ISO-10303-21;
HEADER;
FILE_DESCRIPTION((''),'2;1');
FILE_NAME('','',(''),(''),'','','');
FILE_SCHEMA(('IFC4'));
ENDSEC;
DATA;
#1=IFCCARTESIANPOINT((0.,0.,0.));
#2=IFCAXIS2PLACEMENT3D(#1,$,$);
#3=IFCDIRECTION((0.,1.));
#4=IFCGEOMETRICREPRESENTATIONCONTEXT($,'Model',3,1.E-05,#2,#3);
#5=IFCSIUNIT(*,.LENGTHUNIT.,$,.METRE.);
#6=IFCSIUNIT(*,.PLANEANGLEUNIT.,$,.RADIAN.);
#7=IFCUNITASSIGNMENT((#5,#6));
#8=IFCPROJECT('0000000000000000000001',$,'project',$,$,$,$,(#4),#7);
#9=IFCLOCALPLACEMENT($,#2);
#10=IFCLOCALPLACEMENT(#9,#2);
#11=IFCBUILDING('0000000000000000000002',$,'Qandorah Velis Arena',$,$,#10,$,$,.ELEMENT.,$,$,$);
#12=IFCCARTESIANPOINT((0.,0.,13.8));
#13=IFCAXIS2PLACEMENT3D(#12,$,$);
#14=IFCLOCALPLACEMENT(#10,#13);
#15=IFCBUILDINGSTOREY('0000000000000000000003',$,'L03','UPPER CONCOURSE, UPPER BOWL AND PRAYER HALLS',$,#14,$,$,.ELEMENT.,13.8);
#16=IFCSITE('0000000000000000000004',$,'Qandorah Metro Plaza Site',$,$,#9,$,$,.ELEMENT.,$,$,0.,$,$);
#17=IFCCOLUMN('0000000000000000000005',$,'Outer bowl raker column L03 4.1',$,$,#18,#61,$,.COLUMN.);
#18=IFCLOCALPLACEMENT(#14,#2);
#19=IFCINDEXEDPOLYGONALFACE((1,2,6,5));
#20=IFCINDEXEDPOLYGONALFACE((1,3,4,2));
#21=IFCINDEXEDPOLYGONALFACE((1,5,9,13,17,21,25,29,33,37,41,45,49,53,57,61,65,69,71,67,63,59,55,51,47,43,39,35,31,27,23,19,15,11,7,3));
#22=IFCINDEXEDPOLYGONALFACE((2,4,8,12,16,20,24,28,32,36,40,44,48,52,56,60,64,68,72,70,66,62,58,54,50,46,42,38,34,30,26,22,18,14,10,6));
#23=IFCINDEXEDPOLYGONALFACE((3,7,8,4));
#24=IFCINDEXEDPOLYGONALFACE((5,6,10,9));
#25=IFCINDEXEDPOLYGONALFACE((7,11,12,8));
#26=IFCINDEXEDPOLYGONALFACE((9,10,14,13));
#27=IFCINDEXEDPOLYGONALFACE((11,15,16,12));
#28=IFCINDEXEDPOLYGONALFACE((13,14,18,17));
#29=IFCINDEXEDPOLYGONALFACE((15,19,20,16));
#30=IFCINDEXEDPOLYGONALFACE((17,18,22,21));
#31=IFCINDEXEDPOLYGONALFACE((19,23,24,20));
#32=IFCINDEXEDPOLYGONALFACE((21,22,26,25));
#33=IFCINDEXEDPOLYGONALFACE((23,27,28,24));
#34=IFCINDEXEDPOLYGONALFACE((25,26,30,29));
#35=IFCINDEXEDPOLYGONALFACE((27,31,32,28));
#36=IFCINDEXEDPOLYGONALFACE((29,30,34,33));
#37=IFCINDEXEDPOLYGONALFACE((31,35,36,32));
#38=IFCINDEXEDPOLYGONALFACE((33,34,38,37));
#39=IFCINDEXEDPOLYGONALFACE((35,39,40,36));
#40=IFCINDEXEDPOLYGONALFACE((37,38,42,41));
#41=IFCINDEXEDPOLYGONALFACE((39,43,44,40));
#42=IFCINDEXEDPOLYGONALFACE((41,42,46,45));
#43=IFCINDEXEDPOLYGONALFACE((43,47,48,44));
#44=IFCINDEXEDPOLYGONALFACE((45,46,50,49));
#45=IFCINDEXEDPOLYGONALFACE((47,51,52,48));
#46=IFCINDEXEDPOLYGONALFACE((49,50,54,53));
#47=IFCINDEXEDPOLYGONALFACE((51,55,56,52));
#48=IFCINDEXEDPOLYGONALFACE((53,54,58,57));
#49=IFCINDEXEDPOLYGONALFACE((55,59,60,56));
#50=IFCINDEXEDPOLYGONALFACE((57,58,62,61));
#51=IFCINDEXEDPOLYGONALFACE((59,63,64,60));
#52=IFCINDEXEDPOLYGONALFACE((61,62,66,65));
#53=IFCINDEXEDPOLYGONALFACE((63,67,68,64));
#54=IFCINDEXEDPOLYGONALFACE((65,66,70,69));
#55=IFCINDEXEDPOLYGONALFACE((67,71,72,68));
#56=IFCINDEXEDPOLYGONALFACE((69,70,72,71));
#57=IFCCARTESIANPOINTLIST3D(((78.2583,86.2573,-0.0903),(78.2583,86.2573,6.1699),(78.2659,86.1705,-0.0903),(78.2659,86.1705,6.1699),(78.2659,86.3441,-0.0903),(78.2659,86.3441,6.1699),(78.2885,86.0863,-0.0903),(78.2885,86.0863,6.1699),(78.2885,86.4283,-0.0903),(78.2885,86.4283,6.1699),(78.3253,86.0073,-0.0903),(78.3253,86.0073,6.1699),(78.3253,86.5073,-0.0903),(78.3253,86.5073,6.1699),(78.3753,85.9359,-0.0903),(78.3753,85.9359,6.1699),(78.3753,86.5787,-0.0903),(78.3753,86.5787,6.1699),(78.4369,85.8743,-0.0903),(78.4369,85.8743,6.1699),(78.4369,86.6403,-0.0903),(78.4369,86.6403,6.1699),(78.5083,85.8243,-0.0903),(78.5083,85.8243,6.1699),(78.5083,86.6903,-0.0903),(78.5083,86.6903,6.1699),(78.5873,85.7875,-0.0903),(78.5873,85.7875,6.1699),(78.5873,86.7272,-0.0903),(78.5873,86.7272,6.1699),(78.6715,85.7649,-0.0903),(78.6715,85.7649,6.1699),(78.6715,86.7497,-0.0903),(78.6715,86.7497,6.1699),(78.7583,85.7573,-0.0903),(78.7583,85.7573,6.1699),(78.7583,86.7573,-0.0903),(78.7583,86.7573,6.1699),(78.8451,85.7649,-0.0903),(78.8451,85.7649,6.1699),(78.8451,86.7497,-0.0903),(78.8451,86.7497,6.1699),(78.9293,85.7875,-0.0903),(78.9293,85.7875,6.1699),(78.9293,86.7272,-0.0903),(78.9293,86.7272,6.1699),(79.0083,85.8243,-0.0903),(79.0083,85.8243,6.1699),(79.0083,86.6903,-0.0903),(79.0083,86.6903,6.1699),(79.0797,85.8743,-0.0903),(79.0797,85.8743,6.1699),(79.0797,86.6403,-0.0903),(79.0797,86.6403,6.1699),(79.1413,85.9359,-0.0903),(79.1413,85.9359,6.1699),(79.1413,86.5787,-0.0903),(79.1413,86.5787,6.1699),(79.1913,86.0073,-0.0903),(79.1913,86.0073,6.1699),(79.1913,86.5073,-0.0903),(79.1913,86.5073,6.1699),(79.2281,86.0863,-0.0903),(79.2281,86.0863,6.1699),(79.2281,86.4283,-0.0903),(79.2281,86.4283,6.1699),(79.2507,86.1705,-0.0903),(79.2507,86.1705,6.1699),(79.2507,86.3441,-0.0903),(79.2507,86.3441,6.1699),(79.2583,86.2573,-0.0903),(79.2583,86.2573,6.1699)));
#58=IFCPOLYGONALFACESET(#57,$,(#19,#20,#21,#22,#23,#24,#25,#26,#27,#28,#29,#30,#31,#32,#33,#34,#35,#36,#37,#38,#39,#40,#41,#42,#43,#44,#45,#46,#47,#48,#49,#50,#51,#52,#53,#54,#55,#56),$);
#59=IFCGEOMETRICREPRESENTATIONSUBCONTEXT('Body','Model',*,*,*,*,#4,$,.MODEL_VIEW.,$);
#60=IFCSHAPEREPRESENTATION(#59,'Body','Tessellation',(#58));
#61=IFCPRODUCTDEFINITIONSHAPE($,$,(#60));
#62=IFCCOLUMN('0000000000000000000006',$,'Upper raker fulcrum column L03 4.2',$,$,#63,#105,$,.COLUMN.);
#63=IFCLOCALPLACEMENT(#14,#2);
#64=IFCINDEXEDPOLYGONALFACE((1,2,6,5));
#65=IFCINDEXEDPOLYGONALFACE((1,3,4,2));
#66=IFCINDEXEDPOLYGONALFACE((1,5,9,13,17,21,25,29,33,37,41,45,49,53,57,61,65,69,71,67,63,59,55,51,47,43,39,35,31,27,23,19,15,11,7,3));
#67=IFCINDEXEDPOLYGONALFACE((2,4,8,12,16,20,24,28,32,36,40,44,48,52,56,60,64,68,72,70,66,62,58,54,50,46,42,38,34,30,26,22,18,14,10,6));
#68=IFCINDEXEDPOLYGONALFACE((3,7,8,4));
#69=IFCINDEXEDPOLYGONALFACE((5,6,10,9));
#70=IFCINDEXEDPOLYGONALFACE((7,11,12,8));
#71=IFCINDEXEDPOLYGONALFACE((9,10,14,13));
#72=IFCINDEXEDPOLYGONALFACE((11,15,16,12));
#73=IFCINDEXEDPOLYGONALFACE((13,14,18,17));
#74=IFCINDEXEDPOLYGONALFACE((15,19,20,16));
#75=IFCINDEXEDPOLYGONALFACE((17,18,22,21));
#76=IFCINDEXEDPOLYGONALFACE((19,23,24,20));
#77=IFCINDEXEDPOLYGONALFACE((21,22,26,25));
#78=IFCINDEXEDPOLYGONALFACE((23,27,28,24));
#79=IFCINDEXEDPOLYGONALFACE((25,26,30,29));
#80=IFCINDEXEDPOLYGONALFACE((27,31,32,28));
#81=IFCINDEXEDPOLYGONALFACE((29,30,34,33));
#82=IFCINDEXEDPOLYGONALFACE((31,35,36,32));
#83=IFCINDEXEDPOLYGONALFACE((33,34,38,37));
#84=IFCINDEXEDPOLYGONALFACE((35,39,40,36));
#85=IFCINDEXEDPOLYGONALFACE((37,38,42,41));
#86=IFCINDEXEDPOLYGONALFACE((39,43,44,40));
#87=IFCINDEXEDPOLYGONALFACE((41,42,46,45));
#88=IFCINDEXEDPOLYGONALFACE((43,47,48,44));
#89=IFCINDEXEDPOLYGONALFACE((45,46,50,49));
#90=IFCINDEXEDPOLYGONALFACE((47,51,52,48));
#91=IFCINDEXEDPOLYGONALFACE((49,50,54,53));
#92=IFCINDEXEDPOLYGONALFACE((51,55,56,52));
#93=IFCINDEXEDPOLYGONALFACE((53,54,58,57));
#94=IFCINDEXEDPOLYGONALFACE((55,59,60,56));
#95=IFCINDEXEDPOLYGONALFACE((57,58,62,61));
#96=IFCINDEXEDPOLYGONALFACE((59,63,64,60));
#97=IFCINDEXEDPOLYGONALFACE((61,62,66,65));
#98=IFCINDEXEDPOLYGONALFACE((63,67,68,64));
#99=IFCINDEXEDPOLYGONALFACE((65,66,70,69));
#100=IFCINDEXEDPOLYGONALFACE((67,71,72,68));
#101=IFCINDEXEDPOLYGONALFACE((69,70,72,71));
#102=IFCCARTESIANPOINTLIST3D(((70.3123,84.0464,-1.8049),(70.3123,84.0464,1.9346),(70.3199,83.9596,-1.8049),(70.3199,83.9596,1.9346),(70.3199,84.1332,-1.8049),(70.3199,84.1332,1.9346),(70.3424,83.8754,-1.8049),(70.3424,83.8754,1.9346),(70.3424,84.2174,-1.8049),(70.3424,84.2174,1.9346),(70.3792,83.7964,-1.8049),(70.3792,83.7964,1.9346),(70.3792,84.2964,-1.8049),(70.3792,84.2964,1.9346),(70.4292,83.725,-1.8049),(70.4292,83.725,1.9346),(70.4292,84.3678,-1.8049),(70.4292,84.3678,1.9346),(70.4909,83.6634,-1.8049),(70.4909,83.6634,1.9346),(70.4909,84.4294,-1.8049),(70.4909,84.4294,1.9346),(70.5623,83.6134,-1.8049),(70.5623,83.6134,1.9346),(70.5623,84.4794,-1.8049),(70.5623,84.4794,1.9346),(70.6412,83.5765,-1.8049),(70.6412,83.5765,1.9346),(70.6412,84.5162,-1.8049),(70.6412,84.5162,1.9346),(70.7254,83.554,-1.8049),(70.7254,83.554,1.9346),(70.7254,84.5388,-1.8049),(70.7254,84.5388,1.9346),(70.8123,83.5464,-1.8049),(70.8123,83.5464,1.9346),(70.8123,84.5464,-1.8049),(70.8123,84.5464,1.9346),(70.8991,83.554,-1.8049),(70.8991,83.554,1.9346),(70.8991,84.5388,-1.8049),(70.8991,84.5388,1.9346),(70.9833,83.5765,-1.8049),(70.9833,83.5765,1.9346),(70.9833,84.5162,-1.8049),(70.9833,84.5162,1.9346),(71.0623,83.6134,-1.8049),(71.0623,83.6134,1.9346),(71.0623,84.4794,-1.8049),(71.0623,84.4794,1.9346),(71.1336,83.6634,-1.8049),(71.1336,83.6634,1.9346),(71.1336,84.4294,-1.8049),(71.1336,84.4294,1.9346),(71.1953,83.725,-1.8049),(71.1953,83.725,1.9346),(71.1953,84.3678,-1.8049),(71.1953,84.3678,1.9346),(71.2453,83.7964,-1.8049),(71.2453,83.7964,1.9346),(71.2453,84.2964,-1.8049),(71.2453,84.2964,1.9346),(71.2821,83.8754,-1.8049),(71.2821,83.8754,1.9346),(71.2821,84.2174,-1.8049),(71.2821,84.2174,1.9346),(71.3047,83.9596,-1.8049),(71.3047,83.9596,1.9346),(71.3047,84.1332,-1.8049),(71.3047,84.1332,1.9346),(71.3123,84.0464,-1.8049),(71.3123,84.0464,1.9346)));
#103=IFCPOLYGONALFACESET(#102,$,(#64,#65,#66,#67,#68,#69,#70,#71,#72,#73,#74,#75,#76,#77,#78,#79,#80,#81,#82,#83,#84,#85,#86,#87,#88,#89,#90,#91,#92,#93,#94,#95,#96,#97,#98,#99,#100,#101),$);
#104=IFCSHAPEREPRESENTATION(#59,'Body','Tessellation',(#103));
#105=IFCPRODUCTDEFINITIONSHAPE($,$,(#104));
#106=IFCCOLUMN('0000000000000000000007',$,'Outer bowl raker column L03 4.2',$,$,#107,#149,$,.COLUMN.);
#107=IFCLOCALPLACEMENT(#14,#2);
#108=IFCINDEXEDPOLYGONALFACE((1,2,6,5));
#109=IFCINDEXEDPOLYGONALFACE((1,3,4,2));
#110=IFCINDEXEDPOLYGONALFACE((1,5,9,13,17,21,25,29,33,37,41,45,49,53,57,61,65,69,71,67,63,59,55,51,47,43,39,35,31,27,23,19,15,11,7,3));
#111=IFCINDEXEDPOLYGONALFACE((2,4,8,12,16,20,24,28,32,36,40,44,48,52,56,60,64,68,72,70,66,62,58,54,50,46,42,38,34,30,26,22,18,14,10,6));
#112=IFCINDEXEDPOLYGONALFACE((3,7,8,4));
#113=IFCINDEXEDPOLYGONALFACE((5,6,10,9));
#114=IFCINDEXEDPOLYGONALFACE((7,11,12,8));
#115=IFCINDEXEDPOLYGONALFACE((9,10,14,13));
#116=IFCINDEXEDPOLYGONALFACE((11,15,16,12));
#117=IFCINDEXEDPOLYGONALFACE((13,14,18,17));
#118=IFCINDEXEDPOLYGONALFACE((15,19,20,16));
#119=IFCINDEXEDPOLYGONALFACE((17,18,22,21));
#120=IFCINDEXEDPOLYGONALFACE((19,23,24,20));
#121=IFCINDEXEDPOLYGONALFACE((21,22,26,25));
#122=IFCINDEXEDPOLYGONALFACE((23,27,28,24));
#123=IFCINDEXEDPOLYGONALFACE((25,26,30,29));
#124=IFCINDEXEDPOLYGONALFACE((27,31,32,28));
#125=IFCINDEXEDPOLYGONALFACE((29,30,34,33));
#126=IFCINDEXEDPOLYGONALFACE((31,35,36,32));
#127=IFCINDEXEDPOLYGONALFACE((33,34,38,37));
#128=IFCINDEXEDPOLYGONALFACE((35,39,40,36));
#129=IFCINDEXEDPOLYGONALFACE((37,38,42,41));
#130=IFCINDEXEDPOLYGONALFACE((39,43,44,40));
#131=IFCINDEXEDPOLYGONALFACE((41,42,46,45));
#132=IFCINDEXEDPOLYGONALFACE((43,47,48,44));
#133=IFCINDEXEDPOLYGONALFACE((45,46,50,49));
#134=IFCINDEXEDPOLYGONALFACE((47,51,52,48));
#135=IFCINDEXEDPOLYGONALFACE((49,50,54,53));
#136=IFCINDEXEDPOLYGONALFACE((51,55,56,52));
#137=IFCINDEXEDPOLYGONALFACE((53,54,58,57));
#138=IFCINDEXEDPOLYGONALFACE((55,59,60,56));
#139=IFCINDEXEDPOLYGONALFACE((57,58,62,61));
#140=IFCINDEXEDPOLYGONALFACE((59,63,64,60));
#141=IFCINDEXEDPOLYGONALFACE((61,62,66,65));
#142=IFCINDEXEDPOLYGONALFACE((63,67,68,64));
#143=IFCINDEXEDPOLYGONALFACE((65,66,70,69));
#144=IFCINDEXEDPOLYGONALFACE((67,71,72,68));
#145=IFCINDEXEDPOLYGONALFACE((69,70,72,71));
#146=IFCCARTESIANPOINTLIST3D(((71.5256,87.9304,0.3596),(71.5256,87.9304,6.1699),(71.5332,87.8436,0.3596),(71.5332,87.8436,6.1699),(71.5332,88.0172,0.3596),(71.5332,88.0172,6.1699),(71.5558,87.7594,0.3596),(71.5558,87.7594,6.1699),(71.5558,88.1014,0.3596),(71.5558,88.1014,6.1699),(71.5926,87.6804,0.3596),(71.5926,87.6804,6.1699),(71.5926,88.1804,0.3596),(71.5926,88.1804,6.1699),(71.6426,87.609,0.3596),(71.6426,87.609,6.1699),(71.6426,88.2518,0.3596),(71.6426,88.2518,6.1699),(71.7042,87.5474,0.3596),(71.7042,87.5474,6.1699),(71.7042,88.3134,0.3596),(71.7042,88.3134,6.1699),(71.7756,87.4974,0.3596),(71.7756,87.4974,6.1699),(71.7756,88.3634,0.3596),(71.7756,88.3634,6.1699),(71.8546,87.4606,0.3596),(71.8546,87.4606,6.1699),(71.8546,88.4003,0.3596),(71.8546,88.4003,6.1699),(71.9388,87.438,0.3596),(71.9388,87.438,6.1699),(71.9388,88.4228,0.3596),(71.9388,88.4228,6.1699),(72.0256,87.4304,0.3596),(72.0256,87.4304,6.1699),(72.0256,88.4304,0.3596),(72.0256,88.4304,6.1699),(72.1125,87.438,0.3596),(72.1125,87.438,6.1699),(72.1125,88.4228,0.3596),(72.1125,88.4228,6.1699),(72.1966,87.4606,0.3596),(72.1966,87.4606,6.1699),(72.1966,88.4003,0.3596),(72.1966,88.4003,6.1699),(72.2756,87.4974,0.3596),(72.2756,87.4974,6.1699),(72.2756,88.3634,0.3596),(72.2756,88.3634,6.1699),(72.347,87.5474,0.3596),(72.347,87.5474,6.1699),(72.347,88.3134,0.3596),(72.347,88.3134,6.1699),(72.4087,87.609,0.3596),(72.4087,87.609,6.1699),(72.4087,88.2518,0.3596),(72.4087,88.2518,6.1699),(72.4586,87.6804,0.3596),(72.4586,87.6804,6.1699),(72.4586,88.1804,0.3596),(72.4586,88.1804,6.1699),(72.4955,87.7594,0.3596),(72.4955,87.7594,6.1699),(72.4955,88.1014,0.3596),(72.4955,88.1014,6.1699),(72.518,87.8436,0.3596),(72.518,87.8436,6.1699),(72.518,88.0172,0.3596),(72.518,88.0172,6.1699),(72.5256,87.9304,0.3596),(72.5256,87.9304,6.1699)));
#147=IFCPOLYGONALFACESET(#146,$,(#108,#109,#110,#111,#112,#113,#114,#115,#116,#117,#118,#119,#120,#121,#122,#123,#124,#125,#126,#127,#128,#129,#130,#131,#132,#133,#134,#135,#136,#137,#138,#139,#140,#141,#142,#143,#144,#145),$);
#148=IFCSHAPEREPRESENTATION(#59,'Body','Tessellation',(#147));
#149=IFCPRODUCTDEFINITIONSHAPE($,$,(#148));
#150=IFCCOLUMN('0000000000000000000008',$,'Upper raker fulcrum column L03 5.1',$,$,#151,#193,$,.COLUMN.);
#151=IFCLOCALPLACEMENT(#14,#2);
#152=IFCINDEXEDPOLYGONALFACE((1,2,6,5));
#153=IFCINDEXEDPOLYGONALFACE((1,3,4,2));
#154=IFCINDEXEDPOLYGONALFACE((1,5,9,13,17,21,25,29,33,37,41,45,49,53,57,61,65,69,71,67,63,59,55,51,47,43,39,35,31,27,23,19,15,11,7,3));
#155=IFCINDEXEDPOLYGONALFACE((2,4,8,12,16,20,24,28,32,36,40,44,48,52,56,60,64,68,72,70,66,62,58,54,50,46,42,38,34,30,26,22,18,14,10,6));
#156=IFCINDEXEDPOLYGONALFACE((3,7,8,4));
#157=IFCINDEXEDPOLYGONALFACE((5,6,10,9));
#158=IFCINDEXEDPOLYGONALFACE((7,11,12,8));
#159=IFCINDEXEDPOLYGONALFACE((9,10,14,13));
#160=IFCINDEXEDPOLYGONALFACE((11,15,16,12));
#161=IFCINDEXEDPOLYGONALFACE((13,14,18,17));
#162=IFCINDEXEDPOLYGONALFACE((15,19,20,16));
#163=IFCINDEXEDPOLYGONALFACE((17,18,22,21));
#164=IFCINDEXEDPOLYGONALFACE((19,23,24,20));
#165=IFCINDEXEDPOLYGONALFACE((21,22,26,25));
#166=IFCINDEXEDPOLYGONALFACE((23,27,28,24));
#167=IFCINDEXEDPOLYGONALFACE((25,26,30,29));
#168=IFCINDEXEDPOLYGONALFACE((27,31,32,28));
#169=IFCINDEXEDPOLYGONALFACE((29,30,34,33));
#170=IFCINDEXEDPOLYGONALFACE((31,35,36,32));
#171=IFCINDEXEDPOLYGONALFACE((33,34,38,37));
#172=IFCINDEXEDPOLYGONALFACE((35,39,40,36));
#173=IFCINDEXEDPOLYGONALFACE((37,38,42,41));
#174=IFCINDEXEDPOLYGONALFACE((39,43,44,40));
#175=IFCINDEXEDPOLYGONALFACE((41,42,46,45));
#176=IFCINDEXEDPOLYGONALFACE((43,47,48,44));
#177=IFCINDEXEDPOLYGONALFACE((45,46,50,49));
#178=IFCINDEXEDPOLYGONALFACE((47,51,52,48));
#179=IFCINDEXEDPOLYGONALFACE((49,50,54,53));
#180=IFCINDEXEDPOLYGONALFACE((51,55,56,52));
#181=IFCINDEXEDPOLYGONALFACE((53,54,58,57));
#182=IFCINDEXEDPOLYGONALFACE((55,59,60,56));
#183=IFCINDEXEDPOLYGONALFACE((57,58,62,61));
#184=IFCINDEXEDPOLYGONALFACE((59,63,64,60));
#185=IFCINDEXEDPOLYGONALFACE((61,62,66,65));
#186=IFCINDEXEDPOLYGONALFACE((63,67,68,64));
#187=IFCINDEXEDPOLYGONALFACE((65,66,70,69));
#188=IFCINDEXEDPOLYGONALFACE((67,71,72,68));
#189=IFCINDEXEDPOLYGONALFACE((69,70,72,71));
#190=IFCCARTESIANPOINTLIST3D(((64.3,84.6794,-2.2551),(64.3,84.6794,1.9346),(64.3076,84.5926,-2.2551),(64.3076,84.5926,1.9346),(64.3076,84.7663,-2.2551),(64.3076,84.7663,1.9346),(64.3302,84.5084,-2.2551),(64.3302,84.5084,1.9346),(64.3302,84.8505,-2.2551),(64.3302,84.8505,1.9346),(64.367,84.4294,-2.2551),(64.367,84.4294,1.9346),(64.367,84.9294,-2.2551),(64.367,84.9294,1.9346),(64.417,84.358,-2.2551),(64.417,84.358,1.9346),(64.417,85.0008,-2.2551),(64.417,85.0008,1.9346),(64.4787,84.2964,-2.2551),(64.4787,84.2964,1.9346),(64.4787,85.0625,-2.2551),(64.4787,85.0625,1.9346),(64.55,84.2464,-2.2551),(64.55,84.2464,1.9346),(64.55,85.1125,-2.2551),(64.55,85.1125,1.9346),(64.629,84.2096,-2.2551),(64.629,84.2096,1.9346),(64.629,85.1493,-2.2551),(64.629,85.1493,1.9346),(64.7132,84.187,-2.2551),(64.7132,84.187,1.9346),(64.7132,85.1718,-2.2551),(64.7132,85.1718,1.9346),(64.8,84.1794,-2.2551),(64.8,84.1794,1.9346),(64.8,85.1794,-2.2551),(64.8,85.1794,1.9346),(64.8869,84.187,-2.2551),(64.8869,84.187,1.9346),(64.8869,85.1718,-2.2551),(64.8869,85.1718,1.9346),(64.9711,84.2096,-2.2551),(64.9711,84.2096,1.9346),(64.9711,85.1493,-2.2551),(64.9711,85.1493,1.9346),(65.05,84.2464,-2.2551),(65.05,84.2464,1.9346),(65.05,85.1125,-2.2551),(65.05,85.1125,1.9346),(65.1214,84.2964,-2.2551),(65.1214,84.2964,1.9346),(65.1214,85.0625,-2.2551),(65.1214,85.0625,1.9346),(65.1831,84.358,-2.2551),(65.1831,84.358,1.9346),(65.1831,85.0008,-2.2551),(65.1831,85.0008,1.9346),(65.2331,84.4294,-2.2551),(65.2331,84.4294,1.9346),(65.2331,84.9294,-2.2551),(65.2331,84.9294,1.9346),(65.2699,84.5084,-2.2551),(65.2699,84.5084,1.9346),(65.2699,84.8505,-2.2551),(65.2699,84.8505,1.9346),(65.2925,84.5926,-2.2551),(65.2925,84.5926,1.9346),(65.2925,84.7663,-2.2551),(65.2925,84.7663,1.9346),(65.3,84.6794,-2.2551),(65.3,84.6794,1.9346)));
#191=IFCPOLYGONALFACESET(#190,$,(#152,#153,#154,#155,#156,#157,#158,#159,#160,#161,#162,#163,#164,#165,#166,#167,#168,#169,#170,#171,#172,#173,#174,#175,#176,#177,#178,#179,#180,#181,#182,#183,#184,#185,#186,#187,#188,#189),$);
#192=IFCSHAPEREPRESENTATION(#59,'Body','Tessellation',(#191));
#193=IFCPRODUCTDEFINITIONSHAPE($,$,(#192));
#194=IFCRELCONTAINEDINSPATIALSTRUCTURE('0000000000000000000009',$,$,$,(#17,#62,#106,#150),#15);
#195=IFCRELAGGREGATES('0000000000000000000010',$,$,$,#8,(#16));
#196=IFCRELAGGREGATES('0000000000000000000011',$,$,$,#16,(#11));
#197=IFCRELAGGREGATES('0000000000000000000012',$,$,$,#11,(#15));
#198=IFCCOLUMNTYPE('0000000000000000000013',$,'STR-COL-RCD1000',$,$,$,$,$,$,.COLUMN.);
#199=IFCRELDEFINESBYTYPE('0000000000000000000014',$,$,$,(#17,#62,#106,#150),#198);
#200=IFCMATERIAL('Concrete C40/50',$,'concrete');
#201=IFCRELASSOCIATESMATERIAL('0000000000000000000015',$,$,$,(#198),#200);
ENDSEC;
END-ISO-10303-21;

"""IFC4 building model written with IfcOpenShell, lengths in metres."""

from ifc_helpers import new_model, si_unit, direction, frame, origin, origin_2d, place, context, subcontext, project, spatial, circle, extrude, material, material_profile, profile_set, type_object, element, save


model = new_model("IFC4")

# Units and contexts
model_context = context("Model", 3, precision=1e-05, world=origin(), true_north=direction((0.0, 1.0)))
body_context = subcontext(model_context, "Body", "Model", "MODEL_VIEW")
ifc_project = project(units=[si_unit("LENGTHUNIT", "METRE"), si_unit("PLANEANGLEUNIT", "RADIAN")], contexts=[model_context])

# Site, building, storey
site_placement = place(None, origin())
site = spatial("IfcSite", under=ifc_project, at=site_placement, Name="Qandorah Metro Plaza Site", CompositionType="ELEMENT", RefElevation=0.0)
building_placement = place(site_placement, origin())
building = spatial("IfcBuilding", under=site, at=building_placement, Name="Qandorah Velis Arena", CompositionType="ELEMENT")
storey_placement = place(building_placement, frame((0.0, 0.0, 13.8)))
storey = spatial("IfcBuildingStorey", under=building, at=storey_placement, Name="L03", Description="UPPER CONCOURSE, UPPER BOWL AND PRAYER HALLS", CompositionType="ELEMENT", Elevation=13.8)

# Columns
ifc_material_1 = material(Name="Concrete C40/50", Category="concrete")
ifc_material_profile_1 = material_profile(ifc_material_1, circle(Radius=0.5, at=origin_2d()), Name="RC D1000")
ifc_profile_set_1 = profile_set([ifc_material_profile_1], Name="Concrete C40/50")
column_type_1 = type_object("IfcColumnType", Name="STR-COL-RCD1000", PredefinedType="COLUMN", material=ifc_profile_set_1)
column_1_placement = place(storey_placement, frame((78.7583, 86.2573, -0.0903), z_axis=(0.0, 0.0, 1.0), x_axis=(1.0, 0.0, 0.0)))
element("IfcColumn", 1, at=column_1_placement, inside=storey, type_object=column_type_1, Name="Outer bowl raker column L03 4.1", PredefinedType="COLUMN", context=body_context, shape_type="SweptSolid", body=[
    extrude(circle(Radius=0.5, at=origin_2d()), origin(), (0.0, 0.0, 1.0), 6.2603),
])
column_2_placement = place(storey_placement, frame((70.8123, 84.0464, -1.8049), z_axis=(0.0, 0.0, 1.0), x_axis=(1.0, 0.0, 0.0)))
element("IfcColumn", 2, at=column_2_placement, inside=storey, type_object=column_type_1, Name="Upper raker fulcrum column L03 4.2", PredefinedType="COLUMN", context=body_context, shape_type="SweptSolid", body=[
    extrude(circle(Radius=0.5, at=origin_2d()), origin(), (0.0, 0.0, 1.0), 3.7395),
])
column_3_placement = place(storey_placement, frame((72.0256, 87.9304, 0.3596), z_axis=(0.0, 0.0, 1.0), x_axis=(1.0, 0.0, 0.0)))
element("IfcColumn", 3, at=column_3_placement, inside=storey, type_object=column_type_1, Name="Outer bowl raker column L03 4.2", PredefinedType="COLUMN", context=body_context, shape_type="SweptSolid", body=[
    extrude(circle(Radius=0.5, at=origin_2d()), origin(), (0.0, 0.0, 1.0), 5.8103),
])
column_4_placement = place(storey_placement, frame((64.8, 84.6794, -2.2551), z_axis=(0.0, 0.0, 1.0), x_axis=(1.0, 0.0, 0.0)))
element("IfcColumn", 4, at=column_4_placement, inside=storey, type_object=column_type_1, Name="Upper raker fulcrum column L03 5.1", PredefinedType="COLUMN", context=body_context, shape_type="SweptSolid", body=[
    extrude(circle(Radius=0.5, at=origin_2d()), origin(), (0.0, 0.0, 1.0), 4.1897),
])

save(model, "model.ifc")
